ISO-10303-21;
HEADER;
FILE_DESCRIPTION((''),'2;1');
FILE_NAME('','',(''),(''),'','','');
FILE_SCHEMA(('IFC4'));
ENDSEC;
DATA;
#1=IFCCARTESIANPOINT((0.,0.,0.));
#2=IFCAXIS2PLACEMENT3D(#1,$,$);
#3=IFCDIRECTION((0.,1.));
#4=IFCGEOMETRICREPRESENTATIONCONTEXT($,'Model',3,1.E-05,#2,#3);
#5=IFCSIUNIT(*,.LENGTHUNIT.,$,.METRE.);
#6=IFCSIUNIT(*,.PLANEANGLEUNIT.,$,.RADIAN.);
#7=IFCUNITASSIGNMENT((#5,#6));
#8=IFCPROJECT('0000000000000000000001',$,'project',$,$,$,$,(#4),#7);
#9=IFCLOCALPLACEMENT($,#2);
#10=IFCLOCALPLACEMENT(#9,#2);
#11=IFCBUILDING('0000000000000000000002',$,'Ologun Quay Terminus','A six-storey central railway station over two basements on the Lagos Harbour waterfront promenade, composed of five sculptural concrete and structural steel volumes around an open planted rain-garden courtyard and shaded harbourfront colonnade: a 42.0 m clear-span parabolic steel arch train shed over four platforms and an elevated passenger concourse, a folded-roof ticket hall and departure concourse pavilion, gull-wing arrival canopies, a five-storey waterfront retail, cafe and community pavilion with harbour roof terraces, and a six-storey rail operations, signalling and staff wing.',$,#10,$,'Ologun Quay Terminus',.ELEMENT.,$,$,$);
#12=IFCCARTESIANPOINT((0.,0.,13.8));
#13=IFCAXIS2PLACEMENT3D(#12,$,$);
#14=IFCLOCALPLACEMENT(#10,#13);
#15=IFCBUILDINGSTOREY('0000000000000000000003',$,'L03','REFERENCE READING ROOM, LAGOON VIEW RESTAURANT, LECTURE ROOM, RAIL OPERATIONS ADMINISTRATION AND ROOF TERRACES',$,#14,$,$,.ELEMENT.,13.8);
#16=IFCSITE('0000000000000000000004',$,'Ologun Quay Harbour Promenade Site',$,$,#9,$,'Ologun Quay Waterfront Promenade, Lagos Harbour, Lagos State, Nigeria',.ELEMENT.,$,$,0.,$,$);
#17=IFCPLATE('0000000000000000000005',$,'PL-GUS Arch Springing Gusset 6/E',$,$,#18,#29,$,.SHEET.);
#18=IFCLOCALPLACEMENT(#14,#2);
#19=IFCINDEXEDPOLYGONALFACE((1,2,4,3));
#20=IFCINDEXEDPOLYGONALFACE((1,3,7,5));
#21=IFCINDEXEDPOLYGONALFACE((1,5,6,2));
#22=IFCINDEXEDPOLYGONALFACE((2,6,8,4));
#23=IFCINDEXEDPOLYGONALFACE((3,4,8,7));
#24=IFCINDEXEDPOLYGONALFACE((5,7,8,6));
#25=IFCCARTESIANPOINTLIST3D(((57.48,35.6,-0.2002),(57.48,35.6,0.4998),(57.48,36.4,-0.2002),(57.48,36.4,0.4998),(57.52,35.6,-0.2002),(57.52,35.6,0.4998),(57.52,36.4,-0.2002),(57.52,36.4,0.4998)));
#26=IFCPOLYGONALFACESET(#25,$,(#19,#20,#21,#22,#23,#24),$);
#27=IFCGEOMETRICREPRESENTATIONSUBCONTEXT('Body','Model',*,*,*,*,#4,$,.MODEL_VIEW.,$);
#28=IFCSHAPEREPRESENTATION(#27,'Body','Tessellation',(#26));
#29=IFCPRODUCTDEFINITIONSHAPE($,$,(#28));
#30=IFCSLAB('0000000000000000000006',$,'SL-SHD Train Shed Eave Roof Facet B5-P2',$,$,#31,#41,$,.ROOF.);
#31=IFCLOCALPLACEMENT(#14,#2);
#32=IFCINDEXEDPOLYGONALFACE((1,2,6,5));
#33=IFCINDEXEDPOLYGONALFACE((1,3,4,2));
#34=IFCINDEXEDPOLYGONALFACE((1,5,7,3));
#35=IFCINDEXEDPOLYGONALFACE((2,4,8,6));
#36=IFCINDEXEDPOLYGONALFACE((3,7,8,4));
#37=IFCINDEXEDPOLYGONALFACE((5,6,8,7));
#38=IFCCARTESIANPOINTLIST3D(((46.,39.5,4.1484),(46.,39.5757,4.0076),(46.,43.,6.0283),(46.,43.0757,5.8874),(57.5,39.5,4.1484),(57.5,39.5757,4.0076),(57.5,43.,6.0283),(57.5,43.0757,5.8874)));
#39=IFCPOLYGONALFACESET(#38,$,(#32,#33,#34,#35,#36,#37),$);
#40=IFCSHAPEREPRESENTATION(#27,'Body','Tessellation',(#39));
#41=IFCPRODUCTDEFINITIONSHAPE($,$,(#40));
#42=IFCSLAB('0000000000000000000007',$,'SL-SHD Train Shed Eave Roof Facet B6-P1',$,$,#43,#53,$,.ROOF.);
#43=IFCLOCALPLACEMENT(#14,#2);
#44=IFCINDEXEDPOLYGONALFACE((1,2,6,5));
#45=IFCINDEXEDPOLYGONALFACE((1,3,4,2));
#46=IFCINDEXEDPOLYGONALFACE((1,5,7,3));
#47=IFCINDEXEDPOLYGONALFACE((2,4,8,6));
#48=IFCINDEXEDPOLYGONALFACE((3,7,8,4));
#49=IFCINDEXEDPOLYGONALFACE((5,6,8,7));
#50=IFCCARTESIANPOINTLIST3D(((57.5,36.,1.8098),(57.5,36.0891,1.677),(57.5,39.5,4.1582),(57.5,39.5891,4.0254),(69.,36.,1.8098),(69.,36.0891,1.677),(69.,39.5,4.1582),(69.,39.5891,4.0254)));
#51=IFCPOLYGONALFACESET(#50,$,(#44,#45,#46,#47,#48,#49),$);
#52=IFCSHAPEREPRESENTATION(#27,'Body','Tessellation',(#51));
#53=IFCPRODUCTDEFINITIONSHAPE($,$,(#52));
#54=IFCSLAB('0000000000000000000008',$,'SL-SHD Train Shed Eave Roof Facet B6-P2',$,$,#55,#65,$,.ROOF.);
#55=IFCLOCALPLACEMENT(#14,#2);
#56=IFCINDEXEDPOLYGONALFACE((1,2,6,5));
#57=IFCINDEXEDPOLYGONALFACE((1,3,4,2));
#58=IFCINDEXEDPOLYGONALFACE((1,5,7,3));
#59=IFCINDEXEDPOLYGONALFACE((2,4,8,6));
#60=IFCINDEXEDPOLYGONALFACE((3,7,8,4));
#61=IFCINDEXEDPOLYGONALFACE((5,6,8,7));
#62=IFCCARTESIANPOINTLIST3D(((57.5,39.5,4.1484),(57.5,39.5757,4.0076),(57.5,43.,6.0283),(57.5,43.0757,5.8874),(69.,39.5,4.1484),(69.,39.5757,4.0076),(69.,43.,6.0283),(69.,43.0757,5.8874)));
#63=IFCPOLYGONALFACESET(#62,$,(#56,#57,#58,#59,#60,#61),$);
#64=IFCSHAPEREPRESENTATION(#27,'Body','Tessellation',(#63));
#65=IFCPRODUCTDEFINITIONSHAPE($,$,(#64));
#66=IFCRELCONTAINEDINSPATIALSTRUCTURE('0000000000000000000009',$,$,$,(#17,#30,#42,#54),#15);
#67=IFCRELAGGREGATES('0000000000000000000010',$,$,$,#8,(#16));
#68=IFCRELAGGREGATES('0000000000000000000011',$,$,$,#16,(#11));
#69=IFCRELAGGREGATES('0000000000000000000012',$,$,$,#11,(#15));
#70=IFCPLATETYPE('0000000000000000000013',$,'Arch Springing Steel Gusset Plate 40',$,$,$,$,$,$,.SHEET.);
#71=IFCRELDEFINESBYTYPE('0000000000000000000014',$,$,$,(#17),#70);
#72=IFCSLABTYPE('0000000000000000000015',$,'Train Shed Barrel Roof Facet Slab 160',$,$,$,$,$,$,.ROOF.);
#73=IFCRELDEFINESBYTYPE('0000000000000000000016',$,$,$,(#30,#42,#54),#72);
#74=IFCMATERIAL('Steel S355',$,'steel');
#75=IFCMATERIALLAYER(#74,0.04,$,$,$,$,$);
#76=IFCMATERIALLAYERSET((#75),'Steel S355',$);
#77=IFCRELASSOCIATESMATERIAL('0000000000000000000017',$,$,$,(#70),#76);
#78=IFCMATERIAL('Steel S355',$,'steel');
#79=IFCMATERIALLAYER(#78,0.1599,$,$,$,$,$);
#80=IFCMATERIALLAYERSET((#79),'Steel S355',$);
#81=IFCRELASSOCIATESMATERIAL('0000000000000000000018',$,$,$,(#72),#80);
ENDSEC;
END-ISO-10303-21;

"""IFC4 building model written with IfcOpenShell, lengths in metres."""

from ifc_helpers import new_model, si_unit, direction, frame, origin, origin_2d, place, context, subcontext, project, spatial, polyline, rectangle, outline, extrude, material, layer, layer_set, type_object, element, save


model = new_model("IFC4")

# Units and contexts
model_context = context("Model", 3, precision=1e-05, world=origin(), true_north=direction((0.0, 1.0)))
body_context = subcontext(model_context, "Body", "Model", "MODEL_VIEW")
ifc_project = project(units=[si_unit("LENGTHUNIT", "METRE"), si_unit("PLANEANGLEUNIT", "RADIAN")], contexts=[model_context])

# Site, building, storey
site_placement = place(None, origin())
site = spatial("IfcSite", under=ifc_project, at=site_placement, Name="Ologun Quay Harbour Promenade Site", LongName="Ologun Quay Waterfront Promenade, Lagos Harbour, Lagos State, Nigeria", CompositionType="ELEMENT", RefElevation=0.0)
building_placement = place(site_placement, origin())
building = spatial("IfcBuilding", under=site, at=building_placement, Name="Ologun Quay Terminus", Description="A six-storey central railway station over two basements on the Lagos Harbour waterfront promenade, composed of five sculptural concrete and structural steel volumes around an open planted rain-garden courtyard and shaded harbourfront colonnade: a 42.0 m clear-span parabolic steel arch train shed over four platforms and an elevated passenger concourse, a folded-roof ticket hall and departure concourse pavilion, gull-wing arrival canopies, a five-storey waterfront retail, cafe and community pavilion with harbour roof terraces, and a six-storey rail operations, signalling and staff wing.", LongName="Ologun Quay Terminus", CompositionType="ELEMENT")
storey_placement = place(building_placement, frame((0.0, 0.0, 13.8)))
storey = spatial("IfcBuildingStorey", under=building, at=storey_placement, Name="L03", Description="REFERENCE READING ROOM, LAGOON VIEW RESTAURANT, LECTURE ROOM, RAIL OPERATIONS ADMINISTRATION AND ROOF TERRACES", CompositionType="ELEMENT", Elevation=13.8)

# Plate
ifc_material_1 = material(Name="Steel S355", Category="steel")
ifc_layer_1 = layer(ifc_material_1, 0.04)
ifc_layer_set_1 = layer_set([ifc_layer_1], Name="Steel S355")
plate_type = type_object("IfcPlateType", Name="Arch Springing Steel Gusset Plate 40", PredefinedType="SHEET", material=ifc_layer_set_1)
plate_placement = place(storey_placement, frame((57.5, 36.0, -0.2002), z_axis=(0.0, 0.0, 1.0), x_axis=(0.0, 1.0, 0.0)))
element("IfcPlate", 1, at=plate_placement, inside=storey, type_object=plate_type, Name="PL-GUS Arch Springing Gusset 6/E", PredefinedType="SHEET", context=body_context, shape_type="SweptSolid", body=[
    extrude(rectangle(XDim=0.8, YDim=0.04, at=origin_2d()), origin(), (0.0, 0.0, 1.0), 0.7),
])

# Slabs
ifc_material_2 = material(Name="Steel S355", Category="steel")
ifc_layer_2 = layer(ifc_material_2, 0.1599)
ifc_layer_set_2 = layer_set([ifc_layer_2], Name="Steel S355")
slab_type = type_object("IfcSlabType", Name="Train Shed Barrel Roof Facet Slab 160", PredefinedType="ROOF", material=ifc_layer_set_2)
slab_1_placement = place(storey_placement, frame((46.0, 39.5, 4.1484), z_axis=(0.0, -0.473176, 0.880968), x_axis=(1.0, 0.0, 0.0)))
element("IfcSlab", 2, at=slab_1_placement, inside=storey, type_object=slab_type, Name="SL-SHD Train Shed Eave Roof Facet B5-P2", PredefinedType="ROOF", context=body_context, shape_type="SweptSolid", body=[
    extrude(outline(polyline([(0.0, 0.0), (11.5, 0.0), (11.5, 3.9729), (0.0, 3.9729), (0.0, 0.0)])), origin(), (0.0, 0.0, -1.0), 0.1599),
])
slab_2_placement = place(storey_placement, frame((57.5, 36.0, 1.8098), z_axis=(0.0, -0.557171, 0.830398), x_axis=(1.0, 0.0, 0.0)))
element("IfcSlab", 3, at=slab_2_placement, inside=storey, type_object=slab_type, Name="SL-SHD Train Shed Eave Roof Facet B6-P1", PredefinedType="ROOF", context=body_context, shape_type="SweptSolid", body=[
    extrude(outline(polyline([(0.0, 0.0), (11.5, 0.0), (11.5, 4.2148), (0.0, 4.2148), (0.0, 0.0)])), origin(), (0.0, 0.0, -1.0), 0.1599),
])
slab_3_placement = place(storey_placement, frame((57.5, 39.5, 4.1484), z_axis=(0.0, -0.473176, 0.880968), x_axis=(1.0, 0.0, 0.0)))
element("IfcSlab", 4, at=slab_3_placement, inside=storey, type_object=slab_type, Name="SL-SHD Train Shed Eave Roof Facet B6-P2", PredefinedType="ROOF", context=body_context, shape_type="SweptSolid", body=[
    extrude(outline(polyline([(0.0, 0.0), (11.5, 0.0), (11.5, 3.9729), (0.0, 3.9729), (0.0, 0.0)])), origin(), (0.0, 0.0, -1.0), 0.1599),
])

save(model, "model.ifc")
